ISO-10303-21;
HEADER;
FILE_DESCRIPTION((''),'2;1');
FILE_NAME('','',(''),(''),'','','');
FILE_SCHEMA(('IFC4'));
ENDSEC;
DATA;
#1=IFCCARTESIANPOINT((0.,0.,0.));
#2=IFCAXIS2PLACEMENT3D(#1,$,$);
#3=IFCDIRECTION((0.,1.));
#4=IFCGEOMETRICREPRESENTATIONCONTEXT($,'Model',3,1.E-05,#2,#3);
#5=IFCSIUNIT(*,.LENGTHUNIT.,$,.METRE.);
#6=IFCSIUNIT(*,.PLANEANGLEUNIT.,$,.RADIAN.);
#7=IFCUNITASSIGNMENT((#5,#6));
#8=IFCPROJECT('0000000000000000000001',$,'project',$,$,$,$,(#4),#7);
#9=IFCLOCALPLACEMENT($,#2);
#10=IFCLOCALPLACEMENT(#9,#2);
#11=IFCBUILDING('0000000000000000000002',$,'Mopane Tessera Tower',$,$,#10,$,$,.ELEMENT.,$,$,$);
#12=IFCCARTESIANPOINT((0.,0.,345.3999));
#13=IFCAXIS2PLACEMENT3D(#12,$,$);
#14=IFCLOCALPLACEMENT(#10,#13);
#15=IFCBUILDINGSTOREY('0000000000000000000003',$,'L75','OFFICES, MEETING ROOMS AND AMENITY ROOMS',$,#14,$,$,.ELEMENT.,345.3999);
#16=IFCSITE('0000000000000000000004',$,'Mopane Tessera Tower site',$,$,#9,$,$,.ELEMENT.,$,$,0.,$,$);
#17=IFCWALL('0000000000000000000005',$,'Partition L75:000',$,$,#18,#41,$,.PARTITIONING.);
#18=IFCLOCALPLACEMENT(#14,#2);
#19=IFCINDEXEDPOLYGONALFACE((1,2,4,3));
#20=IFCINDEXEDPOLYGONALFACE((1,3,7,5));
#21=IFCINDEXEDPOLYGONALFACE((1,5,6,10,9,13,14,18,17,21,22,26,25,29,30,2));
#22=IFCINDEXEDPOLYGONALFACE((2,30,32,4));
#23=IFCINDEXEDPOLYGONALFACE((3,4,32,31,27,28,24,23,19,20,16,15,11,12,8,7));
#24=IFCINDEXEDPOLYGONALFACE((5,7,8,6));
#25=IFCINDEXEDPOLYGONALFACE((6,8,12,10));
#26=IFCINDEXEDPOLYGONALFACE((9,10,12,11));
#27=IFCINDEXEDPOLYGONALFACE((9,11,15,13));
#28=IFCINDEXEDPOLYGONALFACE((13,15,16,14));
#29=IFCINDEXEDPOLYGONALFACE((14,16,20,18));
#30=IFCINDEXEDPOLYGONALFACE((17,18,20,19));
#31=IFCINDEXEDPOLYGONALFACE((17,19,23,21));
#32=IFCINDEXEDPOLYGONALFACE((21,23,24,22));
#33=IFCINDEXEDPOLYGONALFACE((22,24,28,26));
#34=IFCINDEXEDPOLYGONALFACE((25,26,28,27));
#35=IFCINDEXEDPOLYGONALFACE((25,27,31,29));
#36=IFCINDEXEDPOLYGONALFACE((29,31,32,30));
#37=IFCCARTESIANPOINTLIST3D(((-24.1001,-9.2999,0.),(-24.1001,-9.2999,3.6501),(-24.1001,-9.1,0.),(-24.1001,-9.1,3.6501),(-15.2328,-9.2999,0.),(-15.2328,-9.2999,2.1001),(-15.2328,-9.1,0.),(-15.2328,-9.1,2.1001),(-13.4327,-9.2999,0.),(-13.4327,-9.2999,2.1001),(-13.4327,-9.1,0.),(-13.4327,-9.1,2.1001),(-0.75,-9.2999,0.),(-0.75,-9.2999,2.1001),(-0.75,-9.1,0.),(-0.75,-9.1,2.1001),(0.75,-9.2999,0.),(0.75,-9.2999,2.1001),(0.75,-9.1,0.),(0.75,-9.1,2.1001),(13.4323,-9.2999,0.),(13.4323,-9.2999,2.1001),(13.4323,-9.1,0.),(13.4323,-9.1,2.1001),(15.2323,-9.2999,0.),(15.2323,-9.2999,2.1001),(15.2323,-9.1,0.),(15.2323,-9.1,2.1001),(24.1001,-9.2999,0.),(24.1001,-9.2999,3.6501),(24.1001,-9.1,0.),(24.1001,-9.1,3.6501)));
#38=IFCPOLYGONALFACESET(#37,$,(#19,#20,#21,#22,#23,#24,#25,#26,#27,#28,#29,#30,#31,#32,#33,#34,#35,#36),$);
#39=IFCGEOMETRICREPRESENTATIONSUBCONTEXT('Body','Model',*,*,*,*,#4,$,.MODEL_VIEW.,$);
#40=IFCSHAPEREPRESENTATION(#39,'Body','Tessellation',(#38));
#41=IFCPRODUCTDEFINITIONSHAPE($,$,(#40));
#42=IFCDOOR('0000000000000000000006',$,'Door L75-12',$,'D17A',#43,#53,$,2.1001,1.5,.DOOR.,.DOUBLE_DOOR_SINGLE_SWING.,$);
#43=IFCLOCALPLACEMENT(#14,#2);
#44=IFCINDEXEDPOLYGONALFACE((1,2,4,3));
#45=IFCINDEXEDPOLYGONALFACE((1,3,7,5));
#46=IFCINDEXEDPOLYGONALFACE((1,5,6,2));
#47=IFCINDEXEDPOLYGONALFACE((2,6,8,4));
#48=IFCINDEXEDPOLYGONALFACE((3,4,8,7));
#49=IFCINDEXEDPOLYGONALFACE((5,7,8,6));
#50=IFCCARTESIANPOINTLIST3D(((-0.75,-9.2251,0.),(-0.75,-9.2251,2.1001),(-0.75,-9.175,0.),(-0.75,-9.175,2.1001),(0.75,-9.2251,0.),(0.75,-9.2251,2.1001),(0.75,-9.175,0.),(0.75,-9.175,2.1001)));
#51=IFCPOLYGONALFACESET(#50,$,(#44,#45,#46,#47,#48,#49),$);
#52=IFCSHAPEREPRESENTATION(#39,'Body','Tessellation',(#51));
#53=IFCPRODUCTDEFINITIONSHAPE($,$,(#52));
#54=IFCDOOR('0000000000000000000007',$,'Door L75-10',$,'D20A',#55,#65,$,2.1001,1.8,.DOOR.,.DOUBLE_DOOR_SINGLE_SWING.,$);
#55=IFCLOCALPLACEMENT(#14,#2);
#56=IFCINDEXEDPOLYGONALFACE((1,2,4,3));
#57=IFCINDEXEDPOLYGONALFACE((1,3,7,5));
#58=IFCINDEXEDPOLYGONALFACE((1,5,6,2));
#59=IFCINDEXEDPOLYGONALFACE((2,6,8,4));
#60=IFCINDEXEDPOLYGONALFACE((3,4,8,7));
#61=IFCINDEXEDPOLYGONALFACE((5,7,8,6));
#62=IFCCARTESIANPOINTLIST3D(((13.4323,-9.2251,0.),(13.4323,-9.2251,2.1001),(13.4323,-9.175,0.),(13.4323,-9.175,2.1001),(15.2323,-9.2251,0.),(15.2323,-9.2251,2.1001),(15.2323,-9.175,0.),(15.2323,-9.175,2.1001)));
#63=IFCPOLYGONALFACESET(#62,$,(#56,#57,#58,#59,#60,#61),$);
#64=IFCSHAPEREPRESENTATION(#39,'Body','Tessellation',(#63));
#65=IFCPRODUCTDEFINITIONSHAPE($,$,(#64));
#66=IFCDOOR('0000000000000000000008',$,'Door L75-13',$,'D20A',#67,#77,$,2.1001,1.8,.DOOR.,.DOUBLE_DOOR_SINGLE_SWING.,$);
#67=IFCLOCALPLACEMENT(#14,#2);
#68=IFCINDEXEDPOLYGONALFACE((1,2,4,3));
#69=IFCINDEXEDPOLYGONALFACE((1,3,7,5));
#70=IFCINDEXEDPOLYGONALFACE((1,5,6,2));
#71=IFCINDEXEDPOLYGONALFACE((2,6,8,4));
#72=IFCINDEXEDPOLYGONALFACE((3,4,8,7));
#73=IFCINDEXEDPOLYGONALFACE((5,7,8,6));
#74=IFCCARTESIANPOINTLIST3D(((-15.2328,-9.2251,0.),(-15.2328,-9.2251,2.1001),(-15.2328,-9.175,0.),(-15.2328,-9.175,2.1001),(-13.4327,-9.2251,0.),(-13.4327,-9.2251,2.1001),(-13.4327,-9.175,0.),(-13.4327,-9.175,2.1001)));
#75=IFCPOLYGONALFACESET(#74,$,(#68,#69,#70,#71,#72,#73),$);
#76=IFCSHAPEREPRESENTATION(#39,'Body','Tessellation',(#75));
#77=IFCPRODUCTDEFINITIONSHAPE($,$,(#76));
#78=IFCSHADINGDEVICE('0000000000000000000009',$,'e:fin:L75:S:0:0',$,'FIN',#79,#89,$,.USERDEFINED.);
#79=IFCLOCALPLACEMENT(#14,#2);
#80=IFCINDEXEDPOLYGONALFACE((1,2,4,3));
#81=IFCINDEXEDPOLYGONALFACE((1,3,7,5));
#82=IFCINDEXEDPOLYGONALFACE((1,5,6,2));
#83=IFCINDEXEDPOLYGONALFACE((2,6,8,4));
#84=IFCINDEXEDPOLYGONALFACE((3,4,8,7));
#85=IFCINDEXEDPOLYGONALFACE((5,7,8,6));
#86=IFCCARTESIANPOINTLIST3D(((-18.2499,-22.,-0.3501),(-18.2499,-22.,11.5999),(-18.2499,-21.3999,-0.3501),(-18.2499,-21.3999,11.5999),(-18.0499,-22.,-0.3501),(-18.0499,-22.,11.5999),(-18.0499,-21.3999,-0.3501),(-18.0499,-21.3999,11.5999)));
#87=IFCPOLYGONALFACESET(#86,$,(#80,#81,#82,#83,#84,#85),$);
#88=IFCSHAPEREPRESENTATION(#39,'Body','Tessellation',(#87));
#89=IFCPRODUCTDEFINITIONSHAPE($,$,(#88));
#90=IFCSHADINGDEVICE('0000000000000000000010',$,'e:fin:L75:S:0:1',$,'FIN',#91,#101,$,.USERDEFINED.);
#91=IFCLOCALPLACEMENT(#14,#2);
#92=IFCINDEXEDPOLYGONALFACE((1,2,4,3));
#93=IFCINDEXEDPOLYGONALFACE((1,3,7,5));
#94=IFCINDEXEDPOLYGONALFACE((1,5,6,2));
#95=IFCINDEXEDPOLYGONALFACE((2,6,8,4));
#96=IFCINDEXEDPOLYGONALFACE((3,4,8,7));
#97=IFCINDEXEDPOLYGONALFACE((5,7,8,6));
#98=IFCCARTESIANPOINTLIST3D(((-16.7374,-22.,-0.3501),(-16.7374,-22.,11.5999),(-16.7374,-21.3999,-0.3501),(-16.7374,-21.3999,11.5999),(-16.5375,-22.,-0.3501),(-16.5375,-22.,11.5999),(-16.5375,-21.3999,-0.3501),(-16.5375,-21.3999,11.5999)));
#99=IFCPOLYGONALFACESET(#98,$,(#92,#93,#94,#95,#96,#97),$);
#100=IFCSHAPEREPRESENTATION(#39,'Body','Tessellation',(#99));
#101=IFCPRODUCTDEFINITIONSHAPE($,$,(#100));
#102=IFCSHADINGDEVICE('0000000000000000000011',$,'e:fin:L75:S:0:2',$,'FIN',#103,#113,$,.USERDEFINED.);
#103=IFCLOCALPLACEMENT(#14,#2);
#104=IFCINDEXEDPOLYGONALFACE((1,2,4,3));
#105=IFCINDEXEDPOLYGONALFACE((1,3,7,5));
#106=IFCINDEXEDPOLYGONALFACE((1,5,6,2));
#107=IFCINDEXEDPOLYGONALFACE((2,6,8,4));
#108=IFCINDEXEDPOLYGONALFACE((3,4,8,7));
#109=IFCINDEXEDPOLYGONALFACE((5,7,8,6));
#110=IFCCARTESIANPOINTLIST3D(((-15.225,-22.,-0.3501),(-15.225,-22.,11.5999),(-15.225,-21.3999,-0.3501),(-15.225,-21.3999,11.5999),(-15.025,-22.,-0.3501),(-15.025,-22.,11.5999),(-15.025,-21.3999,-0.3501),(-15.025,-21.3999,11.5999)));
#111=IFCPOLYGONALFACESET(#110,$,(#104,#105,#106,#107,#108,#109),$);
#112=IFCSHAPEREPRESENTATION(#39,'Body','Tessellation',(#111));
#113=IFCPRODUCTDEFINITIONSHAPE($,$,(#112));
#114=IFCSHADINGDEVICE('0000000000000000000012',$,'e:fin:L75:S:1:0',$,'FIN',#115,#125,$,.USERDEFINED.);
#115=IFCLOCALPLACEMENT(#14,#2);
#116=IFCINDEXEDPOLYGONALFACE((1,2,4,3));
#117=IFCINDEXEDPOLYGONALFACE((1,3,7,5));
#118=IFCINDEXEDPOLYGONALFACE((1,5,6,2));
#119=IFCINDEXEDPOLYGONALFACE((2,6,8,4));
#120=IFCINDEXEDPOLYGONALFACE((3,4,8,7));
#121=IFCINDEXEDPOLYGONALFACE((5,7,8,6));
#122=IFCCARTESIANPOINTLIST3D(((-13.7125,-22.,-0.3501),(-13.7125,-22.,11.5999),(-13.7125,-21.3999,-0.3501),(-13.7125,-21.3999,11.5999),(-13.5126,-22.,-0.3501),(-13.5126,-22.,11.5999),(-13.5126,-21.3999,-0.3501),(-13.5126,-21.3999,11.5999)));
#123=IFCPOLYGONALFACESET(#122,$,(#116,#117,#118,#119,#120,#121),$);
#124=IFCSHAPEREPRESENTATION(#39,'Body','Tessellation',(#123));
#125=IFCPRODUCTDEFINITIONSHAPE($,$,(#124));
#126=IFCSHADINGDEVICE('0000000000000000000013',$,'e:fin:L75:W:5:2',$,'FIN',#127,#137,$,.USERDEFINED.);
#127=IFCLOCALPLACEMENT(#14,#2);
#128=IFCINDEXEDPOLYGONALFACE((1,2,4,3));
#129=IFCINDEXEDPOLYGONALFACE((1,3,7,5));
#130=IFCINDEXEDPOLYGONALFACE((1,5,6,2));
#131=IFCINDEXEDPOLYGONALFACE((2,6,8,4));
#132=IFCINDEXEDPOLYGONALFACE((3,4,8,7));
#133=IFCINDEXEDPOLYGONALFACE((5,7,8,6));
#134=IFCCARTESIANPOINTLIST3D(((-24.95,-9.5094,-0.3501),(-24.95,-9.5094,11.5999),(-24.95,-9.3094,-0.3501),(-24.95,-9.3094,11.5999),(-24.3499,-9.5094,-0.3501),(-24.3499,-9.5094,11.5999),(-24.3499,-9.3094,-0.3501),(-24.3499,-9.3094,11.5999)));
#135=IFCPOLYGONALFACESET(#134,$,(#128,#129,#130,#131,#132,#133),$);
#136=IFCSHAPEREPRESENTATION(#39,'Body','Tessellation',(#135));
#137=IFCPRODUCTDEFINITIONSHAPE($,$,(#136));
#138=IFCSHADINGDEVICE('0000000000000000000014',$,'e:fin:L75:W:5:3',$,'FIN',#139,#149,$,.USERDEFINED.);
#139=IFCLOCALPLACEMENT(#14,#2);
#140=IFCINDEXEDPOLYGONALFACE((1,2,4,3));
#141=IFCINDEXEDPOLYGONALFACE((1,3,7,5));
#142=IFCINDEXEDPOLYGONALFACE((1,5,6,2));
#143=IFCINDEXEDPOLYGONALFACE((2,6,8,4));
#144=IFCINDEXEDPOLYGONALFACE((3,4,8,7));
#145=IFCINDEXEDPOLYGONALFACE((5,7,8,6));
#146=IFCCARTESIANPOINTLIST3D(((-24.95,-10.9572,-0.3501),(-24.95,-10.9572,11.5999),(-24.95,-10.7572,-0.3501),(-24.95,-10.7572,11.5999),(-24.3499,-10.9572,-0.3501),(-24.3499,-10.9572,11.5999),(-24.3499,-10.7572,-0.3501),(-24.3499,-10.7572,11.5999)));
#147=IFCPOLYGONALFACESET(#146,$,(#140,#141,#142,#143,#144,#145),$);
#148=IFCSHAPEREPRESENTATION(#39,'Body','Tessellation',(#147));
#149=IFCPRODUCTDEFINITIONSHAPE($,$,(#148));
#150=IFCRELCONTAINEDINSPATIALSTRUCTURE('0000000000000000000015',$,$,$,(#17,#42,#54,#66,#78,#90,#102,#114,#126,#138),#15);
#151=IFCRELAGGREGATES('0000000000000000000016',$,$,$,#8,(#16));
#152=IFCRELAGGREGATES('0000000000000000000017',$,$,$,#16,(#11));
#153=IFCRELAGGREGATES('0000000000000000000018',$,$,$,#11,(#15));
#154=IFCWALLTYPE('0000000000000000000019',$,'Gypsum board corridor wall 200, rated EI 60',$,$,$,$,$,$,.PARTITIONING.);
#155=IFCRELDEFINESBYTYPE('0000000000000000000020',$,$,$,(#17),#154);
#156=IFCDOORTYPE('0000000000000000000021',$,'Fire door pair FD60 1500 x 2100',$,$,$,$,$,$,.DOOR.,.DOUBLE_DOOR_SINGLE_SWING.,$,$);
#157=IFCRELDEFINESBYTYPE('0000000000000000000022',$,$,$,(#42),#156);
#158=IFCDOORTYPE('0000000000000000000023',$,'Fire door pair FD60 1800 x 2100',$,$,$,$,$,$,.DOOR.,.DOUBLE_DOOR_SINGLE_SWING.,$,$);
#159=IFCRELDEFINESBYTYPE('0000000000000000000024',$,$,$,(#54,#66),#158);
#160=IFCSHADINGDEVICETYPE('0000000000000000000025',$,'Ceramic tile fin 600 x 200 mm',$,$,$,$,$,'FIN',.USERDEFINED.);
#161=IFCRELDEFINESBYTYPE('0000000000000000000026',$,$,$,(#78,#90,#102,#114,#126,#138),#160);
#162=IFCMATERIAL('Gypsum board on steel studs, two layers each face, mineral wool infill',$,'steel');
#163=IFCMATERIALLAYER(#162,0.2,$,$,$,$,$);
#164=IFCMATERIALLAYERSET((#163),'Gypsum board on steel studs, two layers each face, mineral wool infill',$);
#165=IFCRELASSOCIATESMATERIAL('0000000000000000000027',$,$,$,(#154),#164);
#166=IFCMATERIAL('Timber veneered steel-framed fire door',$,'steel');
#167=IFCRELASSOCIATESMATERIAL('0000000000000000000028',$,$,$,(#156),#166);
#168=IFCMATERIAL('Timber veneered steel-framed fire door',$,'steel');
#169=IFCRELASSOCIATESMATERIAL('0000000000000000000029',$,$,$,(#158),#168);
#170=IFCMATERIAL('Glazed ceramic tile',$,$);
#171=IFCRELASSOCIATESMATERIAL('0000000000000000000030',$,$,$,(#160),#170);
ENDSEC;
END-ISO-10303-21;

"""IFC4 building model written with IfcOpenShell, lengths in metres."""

from ifc_helpers import new_model, si_unit, direction, frame, frame_2d, origin, origin_2d, place, context, subcontext, project, spatial, rectangle, extrude, material, layer, layer_set, type_object, element, fill, save


model = new_model("IFC4")

# Units and contexts
model_context = context("Model", 3, precision=1e-05, world=origin(), true_north=direction((0.0, 1.0)))
body_context = subcontext(model_context, "Body", "Model", "MODEL_VIEW")
ifc_project = project(units=[si_unit("LENGTHUNIT", "METRE"), si_unit("PLANEANGLEUNIT", "RADIAN")], contexts=[model_context])

# Site, building, storey
site_placement = place(None, origin())
site = spatial("IfcSite", under=ifc_project, at=site_placement, Name="Mopane Tessera Tower site", CompositionType="ELEMENT", RefElevation=0.0)
building_placement = place(site_placement, origin())
building = spatial("IfcBuilding", under=site, at=building_placement, Name="Mopane Tessera Tower", CompositionType="ELEMENT")
storey_placement = place(building_placement, frame((0.0, 0.0, 345.3999)))
storey = spatial("IfcBuildingStorey", under=building, at=storey_placement, Name="L75", Description="OFFICES, MEETING ROOMS AND AMENITY ROOMS", CompositionType="ELEMENT", Elevation=345.3999)

# Wall, openings, doors
ifc_material_1 = material(Name="Gypsum board on steel studs, two layers each face, mineral wool infill", Category="steel")
ifc_layer_1 = layer(ifc_material_1, 0.2)
ifc_layer_set_1 = layer_set([ifc_layer_1], Name="Gypsum board on steel studs, two layers each face, mineral wool infill")
wall_type = type_object("IfcWallType", Name="Gypsum board corridor wall 200, rated EI 60", PredefinedType="PARTITIONING", material=ifc_layer_set_1)
wall_placement = place(storey_placement, frame((-24.1001, -9.2, 0.0), z_axis=(0.0, 0.0, 1.0), x_axis=(1.0, 0.0, 0.0)))
wall = element("IfcWall", 1, at=wall_placement, inside=storey, type_object=wall_type, Name="Partition L75:000", PredefinedType="PARTITIONING", context=body_context, shape_type="SweptSolid", body=[
    extrude(rectangle(XDim=48.2002, YDim=0.2, at=frame_2d((24.1001, 0.0))), origin(), (0.0, 0.0, 1.0), 3.6501),
])
opening_1_placement = place(wall_placement, frame((37.5325, 0.0, 0.0)))
opening_1 = element("IfcOpeningElement", 2, at=opening_1_placement, cuts=wall, PredefinedType="OPENING", context=body_context, shape_type="SweptSolid", body=[
    extrude(rectangle(XDim=1.8, YDim=2.1001, at=frame_2d((0.8999, 1.05))), frame((0.0, 0.1121, 0.0), z_axis=(0.0, -1.0, 0.0), x_axis=(1.0, 0.0, 0.0)), (0.0, 0.0, 1.0), 0.2239),
])
opening_2_placement = place(wall_placement, frame((23.3501, 0.0, 0.0)))
opening_2 = element("IfcOpeningElement", 3, at=opening_2_placement, cuts=wall, PredefinedType="OPENING", context=body_context, shape_type="SweptSolid", body=[
    extrude(rectangle(XDim=1.5, YDim=2.1001, at=frame_2d((0.75, 1.05))), frame((0.0, 0.1121, 0.0), z_axis=(0.0, -1.0, 0.0), x_axis=(1.0, 0.0, 0.0)), (0.0, 0.0, 1.0), 0.2239),
])
opening_3_placement = place(wall_placement, frame((8.8674, 0.0, 0.0)))
opening_3 = element("IfcOpeningElement", 4, at=opening_3_placement, cuts=wall, PredefinedType="OPENING", context=body_context, shape_type="SweptSolid", body=[
    extrude(rectangle(XDim=1.8, YDim=2.1001, at=frame_2d((0.8999, 1.05))), frame((0.0, 0.1121, 0.0), z_axis=(0.0, -1.0, 0.0), x_axis=(1.0, 0.0, 0.0)), (0.0, 0.0, 1.0), 0.2239),
])
ifc_material_2 = material(Name="Timber veneered steel-framed fire door", Category="steel")
door_type_1 = type_object("IfcDoorType", Name="Fire door pair FD60 1500 x 2100", OperationType="DOUBLE_DOOR_SINGLE_SWING", PredefinedType="DOOR", material=ifc_material_2)
door_1_placement = place(opening_2_placement, origin())
door_1 = element("IfcDoor", 5, at=door_1_placement, inside=storey, type_object=door_type_1, Name="Door L75-12", ObjectType="D17A", OperationType="DOUBLE_DOOR_SINGLE_SWING", OverallHeight=2.1001, OverallWidth=1.5, PredefinedType="DOOR", context=body_context, shape_type="SweptSolid", body=[
    extrude(rectangle(XDim=1.5, YDim=2.1001, at=frame_2d((0.75, 1.05))), frame((0.0, 0.0249, 0.0), z_axis=(0.0, -1.0, 0.0), x_axis=(1.0, 0.0, 0.0)), (0.0, 0.0, 1.0), 0.05),
])
fill(opening_2, door_1)
ifc_material_3 = material(Name="Timber veneered steel-framed fire door", Category="steel")
door_type_2 = type_object("IfcDoorType", Name="Fire door pair FD60 1800 x 2100", OperationType="DOUBLE_DOOR_SINGLE_SWING", PredefinedType="DOOR", material=ifc_material_3)
door_2_placement = place(opening_1_placement, origin())
door_2 = element("IfcDoor", 6, at=door_2_placement, inside=storey, type_object=door_type_2, Name="Door L75-10", ObjectType="D20A", OperationType="DOUBLE_DOOR_SINGLE_SWING", OverallHeight=2.1001, OverallWidth=1.8, PredefinedType="DOOR", context=body_context, shape_type="SweptSolid", body=[
    extrude(rectangle(XDim=1.8, YDim=2.1001, at=frame_2d((0.8999, 1.05))), frame((0.0, 0.0249, 0.0), z_axis=(0.0, -1.0, 0.0), x_axis=(1.0, 0.0, 0.0)), (0.0, 0.0, 1.0), 0.05),
])
fill(opening_1, door_2)
door_3_placement = place(opening_3_placement, origin())
door_3 = element("IfcDoor", 7, at=door_3_placement, inside=storey, type_object=door_type_2, Name="Door L75-13", ObjectType="D20A", OperationType="DOUBLE_DOOR_SINGLE_SWING", OverallHeight=2.1001, OverallWidth=1.8, PredefinedType="DOOR", context=body_context, shape_type="SweptSolid", body=[
    extrude(rectangle(XDim=1.8, YDim=2.1001, at=frame_2d((0.8999, 1.05))), frame((0.0, 0.0249, 0.0), z_axis=(0.0, -1.0, 0.0), x_axis=(1.0, 0.0, 0.0)), (0.0, 0.0, 1.0), 0.05),
])
fill(opening_3, door_3)

# Shading devices
ifc_material_4 = material(Name="Glazed ceramic tile")
shading_device_type = type_object("IfcShadingDeviceType", Name="Ceramic tile fin 600 x 200 mm", ElementType="FIN", PredefinedType="USERDEFINED", material=ifc_material_4)
for number, where, z_axis, x_axis, name in (
    (8, (-18.1499, -21.7, -0.3501), (0.0, 0.0, 1.0), (1.0, 0.0, 0.0), "e:fin:L75:S:0:0"),
    (9, (-16.6375, -21.7, -0.3501), (0.0, 0.0, 1.0), (1.0, 0.0, 0.0), "e:fin:L75:S:0:1"),
    (10, (-15.125, -21.7, -0.3501), (0.0, 0.0, 1.0), (1.0, 0.0, 0.0), "e:fin:L75:S:0:2"),
    (11, (-13.6125, -21.7, -0.3501), (0.0, 0.0, 1.0), (1.0, 0.0, 0.0), "e:fin:L75:S:1:0"),
    (12, (-24.6499, -9.4094, -0.3501), (0.0, 0.0, 1.0), (0.0, -1.0, 0.0), "e:fin:L75:W:5:2"),
    (13, (-24.6499, -10.8572, -0.3501), (0.0, 0.0, 1.0), (0.0, -1.0, 0.0), "e:fin:L75:W:5:3"),
):
    element("IfcShadingDevice", number, at=place(storey_placement, frame(where, z_axis=z_axis, x_axis=x_axis)), inside=storey, type_object=shading_device_type, Name=name, ObjectType="FIN", PredefinedType="USERDEFINED", context=body_context, shape_type="SweptSolid", body=[
        extrude(rectangle(XDim=0.2, YDim=0.6001, at=origin_2d()), origin(), (0.0, 0.0, 1.0), 11.95),
    ])

save(model, "model.ifc")
